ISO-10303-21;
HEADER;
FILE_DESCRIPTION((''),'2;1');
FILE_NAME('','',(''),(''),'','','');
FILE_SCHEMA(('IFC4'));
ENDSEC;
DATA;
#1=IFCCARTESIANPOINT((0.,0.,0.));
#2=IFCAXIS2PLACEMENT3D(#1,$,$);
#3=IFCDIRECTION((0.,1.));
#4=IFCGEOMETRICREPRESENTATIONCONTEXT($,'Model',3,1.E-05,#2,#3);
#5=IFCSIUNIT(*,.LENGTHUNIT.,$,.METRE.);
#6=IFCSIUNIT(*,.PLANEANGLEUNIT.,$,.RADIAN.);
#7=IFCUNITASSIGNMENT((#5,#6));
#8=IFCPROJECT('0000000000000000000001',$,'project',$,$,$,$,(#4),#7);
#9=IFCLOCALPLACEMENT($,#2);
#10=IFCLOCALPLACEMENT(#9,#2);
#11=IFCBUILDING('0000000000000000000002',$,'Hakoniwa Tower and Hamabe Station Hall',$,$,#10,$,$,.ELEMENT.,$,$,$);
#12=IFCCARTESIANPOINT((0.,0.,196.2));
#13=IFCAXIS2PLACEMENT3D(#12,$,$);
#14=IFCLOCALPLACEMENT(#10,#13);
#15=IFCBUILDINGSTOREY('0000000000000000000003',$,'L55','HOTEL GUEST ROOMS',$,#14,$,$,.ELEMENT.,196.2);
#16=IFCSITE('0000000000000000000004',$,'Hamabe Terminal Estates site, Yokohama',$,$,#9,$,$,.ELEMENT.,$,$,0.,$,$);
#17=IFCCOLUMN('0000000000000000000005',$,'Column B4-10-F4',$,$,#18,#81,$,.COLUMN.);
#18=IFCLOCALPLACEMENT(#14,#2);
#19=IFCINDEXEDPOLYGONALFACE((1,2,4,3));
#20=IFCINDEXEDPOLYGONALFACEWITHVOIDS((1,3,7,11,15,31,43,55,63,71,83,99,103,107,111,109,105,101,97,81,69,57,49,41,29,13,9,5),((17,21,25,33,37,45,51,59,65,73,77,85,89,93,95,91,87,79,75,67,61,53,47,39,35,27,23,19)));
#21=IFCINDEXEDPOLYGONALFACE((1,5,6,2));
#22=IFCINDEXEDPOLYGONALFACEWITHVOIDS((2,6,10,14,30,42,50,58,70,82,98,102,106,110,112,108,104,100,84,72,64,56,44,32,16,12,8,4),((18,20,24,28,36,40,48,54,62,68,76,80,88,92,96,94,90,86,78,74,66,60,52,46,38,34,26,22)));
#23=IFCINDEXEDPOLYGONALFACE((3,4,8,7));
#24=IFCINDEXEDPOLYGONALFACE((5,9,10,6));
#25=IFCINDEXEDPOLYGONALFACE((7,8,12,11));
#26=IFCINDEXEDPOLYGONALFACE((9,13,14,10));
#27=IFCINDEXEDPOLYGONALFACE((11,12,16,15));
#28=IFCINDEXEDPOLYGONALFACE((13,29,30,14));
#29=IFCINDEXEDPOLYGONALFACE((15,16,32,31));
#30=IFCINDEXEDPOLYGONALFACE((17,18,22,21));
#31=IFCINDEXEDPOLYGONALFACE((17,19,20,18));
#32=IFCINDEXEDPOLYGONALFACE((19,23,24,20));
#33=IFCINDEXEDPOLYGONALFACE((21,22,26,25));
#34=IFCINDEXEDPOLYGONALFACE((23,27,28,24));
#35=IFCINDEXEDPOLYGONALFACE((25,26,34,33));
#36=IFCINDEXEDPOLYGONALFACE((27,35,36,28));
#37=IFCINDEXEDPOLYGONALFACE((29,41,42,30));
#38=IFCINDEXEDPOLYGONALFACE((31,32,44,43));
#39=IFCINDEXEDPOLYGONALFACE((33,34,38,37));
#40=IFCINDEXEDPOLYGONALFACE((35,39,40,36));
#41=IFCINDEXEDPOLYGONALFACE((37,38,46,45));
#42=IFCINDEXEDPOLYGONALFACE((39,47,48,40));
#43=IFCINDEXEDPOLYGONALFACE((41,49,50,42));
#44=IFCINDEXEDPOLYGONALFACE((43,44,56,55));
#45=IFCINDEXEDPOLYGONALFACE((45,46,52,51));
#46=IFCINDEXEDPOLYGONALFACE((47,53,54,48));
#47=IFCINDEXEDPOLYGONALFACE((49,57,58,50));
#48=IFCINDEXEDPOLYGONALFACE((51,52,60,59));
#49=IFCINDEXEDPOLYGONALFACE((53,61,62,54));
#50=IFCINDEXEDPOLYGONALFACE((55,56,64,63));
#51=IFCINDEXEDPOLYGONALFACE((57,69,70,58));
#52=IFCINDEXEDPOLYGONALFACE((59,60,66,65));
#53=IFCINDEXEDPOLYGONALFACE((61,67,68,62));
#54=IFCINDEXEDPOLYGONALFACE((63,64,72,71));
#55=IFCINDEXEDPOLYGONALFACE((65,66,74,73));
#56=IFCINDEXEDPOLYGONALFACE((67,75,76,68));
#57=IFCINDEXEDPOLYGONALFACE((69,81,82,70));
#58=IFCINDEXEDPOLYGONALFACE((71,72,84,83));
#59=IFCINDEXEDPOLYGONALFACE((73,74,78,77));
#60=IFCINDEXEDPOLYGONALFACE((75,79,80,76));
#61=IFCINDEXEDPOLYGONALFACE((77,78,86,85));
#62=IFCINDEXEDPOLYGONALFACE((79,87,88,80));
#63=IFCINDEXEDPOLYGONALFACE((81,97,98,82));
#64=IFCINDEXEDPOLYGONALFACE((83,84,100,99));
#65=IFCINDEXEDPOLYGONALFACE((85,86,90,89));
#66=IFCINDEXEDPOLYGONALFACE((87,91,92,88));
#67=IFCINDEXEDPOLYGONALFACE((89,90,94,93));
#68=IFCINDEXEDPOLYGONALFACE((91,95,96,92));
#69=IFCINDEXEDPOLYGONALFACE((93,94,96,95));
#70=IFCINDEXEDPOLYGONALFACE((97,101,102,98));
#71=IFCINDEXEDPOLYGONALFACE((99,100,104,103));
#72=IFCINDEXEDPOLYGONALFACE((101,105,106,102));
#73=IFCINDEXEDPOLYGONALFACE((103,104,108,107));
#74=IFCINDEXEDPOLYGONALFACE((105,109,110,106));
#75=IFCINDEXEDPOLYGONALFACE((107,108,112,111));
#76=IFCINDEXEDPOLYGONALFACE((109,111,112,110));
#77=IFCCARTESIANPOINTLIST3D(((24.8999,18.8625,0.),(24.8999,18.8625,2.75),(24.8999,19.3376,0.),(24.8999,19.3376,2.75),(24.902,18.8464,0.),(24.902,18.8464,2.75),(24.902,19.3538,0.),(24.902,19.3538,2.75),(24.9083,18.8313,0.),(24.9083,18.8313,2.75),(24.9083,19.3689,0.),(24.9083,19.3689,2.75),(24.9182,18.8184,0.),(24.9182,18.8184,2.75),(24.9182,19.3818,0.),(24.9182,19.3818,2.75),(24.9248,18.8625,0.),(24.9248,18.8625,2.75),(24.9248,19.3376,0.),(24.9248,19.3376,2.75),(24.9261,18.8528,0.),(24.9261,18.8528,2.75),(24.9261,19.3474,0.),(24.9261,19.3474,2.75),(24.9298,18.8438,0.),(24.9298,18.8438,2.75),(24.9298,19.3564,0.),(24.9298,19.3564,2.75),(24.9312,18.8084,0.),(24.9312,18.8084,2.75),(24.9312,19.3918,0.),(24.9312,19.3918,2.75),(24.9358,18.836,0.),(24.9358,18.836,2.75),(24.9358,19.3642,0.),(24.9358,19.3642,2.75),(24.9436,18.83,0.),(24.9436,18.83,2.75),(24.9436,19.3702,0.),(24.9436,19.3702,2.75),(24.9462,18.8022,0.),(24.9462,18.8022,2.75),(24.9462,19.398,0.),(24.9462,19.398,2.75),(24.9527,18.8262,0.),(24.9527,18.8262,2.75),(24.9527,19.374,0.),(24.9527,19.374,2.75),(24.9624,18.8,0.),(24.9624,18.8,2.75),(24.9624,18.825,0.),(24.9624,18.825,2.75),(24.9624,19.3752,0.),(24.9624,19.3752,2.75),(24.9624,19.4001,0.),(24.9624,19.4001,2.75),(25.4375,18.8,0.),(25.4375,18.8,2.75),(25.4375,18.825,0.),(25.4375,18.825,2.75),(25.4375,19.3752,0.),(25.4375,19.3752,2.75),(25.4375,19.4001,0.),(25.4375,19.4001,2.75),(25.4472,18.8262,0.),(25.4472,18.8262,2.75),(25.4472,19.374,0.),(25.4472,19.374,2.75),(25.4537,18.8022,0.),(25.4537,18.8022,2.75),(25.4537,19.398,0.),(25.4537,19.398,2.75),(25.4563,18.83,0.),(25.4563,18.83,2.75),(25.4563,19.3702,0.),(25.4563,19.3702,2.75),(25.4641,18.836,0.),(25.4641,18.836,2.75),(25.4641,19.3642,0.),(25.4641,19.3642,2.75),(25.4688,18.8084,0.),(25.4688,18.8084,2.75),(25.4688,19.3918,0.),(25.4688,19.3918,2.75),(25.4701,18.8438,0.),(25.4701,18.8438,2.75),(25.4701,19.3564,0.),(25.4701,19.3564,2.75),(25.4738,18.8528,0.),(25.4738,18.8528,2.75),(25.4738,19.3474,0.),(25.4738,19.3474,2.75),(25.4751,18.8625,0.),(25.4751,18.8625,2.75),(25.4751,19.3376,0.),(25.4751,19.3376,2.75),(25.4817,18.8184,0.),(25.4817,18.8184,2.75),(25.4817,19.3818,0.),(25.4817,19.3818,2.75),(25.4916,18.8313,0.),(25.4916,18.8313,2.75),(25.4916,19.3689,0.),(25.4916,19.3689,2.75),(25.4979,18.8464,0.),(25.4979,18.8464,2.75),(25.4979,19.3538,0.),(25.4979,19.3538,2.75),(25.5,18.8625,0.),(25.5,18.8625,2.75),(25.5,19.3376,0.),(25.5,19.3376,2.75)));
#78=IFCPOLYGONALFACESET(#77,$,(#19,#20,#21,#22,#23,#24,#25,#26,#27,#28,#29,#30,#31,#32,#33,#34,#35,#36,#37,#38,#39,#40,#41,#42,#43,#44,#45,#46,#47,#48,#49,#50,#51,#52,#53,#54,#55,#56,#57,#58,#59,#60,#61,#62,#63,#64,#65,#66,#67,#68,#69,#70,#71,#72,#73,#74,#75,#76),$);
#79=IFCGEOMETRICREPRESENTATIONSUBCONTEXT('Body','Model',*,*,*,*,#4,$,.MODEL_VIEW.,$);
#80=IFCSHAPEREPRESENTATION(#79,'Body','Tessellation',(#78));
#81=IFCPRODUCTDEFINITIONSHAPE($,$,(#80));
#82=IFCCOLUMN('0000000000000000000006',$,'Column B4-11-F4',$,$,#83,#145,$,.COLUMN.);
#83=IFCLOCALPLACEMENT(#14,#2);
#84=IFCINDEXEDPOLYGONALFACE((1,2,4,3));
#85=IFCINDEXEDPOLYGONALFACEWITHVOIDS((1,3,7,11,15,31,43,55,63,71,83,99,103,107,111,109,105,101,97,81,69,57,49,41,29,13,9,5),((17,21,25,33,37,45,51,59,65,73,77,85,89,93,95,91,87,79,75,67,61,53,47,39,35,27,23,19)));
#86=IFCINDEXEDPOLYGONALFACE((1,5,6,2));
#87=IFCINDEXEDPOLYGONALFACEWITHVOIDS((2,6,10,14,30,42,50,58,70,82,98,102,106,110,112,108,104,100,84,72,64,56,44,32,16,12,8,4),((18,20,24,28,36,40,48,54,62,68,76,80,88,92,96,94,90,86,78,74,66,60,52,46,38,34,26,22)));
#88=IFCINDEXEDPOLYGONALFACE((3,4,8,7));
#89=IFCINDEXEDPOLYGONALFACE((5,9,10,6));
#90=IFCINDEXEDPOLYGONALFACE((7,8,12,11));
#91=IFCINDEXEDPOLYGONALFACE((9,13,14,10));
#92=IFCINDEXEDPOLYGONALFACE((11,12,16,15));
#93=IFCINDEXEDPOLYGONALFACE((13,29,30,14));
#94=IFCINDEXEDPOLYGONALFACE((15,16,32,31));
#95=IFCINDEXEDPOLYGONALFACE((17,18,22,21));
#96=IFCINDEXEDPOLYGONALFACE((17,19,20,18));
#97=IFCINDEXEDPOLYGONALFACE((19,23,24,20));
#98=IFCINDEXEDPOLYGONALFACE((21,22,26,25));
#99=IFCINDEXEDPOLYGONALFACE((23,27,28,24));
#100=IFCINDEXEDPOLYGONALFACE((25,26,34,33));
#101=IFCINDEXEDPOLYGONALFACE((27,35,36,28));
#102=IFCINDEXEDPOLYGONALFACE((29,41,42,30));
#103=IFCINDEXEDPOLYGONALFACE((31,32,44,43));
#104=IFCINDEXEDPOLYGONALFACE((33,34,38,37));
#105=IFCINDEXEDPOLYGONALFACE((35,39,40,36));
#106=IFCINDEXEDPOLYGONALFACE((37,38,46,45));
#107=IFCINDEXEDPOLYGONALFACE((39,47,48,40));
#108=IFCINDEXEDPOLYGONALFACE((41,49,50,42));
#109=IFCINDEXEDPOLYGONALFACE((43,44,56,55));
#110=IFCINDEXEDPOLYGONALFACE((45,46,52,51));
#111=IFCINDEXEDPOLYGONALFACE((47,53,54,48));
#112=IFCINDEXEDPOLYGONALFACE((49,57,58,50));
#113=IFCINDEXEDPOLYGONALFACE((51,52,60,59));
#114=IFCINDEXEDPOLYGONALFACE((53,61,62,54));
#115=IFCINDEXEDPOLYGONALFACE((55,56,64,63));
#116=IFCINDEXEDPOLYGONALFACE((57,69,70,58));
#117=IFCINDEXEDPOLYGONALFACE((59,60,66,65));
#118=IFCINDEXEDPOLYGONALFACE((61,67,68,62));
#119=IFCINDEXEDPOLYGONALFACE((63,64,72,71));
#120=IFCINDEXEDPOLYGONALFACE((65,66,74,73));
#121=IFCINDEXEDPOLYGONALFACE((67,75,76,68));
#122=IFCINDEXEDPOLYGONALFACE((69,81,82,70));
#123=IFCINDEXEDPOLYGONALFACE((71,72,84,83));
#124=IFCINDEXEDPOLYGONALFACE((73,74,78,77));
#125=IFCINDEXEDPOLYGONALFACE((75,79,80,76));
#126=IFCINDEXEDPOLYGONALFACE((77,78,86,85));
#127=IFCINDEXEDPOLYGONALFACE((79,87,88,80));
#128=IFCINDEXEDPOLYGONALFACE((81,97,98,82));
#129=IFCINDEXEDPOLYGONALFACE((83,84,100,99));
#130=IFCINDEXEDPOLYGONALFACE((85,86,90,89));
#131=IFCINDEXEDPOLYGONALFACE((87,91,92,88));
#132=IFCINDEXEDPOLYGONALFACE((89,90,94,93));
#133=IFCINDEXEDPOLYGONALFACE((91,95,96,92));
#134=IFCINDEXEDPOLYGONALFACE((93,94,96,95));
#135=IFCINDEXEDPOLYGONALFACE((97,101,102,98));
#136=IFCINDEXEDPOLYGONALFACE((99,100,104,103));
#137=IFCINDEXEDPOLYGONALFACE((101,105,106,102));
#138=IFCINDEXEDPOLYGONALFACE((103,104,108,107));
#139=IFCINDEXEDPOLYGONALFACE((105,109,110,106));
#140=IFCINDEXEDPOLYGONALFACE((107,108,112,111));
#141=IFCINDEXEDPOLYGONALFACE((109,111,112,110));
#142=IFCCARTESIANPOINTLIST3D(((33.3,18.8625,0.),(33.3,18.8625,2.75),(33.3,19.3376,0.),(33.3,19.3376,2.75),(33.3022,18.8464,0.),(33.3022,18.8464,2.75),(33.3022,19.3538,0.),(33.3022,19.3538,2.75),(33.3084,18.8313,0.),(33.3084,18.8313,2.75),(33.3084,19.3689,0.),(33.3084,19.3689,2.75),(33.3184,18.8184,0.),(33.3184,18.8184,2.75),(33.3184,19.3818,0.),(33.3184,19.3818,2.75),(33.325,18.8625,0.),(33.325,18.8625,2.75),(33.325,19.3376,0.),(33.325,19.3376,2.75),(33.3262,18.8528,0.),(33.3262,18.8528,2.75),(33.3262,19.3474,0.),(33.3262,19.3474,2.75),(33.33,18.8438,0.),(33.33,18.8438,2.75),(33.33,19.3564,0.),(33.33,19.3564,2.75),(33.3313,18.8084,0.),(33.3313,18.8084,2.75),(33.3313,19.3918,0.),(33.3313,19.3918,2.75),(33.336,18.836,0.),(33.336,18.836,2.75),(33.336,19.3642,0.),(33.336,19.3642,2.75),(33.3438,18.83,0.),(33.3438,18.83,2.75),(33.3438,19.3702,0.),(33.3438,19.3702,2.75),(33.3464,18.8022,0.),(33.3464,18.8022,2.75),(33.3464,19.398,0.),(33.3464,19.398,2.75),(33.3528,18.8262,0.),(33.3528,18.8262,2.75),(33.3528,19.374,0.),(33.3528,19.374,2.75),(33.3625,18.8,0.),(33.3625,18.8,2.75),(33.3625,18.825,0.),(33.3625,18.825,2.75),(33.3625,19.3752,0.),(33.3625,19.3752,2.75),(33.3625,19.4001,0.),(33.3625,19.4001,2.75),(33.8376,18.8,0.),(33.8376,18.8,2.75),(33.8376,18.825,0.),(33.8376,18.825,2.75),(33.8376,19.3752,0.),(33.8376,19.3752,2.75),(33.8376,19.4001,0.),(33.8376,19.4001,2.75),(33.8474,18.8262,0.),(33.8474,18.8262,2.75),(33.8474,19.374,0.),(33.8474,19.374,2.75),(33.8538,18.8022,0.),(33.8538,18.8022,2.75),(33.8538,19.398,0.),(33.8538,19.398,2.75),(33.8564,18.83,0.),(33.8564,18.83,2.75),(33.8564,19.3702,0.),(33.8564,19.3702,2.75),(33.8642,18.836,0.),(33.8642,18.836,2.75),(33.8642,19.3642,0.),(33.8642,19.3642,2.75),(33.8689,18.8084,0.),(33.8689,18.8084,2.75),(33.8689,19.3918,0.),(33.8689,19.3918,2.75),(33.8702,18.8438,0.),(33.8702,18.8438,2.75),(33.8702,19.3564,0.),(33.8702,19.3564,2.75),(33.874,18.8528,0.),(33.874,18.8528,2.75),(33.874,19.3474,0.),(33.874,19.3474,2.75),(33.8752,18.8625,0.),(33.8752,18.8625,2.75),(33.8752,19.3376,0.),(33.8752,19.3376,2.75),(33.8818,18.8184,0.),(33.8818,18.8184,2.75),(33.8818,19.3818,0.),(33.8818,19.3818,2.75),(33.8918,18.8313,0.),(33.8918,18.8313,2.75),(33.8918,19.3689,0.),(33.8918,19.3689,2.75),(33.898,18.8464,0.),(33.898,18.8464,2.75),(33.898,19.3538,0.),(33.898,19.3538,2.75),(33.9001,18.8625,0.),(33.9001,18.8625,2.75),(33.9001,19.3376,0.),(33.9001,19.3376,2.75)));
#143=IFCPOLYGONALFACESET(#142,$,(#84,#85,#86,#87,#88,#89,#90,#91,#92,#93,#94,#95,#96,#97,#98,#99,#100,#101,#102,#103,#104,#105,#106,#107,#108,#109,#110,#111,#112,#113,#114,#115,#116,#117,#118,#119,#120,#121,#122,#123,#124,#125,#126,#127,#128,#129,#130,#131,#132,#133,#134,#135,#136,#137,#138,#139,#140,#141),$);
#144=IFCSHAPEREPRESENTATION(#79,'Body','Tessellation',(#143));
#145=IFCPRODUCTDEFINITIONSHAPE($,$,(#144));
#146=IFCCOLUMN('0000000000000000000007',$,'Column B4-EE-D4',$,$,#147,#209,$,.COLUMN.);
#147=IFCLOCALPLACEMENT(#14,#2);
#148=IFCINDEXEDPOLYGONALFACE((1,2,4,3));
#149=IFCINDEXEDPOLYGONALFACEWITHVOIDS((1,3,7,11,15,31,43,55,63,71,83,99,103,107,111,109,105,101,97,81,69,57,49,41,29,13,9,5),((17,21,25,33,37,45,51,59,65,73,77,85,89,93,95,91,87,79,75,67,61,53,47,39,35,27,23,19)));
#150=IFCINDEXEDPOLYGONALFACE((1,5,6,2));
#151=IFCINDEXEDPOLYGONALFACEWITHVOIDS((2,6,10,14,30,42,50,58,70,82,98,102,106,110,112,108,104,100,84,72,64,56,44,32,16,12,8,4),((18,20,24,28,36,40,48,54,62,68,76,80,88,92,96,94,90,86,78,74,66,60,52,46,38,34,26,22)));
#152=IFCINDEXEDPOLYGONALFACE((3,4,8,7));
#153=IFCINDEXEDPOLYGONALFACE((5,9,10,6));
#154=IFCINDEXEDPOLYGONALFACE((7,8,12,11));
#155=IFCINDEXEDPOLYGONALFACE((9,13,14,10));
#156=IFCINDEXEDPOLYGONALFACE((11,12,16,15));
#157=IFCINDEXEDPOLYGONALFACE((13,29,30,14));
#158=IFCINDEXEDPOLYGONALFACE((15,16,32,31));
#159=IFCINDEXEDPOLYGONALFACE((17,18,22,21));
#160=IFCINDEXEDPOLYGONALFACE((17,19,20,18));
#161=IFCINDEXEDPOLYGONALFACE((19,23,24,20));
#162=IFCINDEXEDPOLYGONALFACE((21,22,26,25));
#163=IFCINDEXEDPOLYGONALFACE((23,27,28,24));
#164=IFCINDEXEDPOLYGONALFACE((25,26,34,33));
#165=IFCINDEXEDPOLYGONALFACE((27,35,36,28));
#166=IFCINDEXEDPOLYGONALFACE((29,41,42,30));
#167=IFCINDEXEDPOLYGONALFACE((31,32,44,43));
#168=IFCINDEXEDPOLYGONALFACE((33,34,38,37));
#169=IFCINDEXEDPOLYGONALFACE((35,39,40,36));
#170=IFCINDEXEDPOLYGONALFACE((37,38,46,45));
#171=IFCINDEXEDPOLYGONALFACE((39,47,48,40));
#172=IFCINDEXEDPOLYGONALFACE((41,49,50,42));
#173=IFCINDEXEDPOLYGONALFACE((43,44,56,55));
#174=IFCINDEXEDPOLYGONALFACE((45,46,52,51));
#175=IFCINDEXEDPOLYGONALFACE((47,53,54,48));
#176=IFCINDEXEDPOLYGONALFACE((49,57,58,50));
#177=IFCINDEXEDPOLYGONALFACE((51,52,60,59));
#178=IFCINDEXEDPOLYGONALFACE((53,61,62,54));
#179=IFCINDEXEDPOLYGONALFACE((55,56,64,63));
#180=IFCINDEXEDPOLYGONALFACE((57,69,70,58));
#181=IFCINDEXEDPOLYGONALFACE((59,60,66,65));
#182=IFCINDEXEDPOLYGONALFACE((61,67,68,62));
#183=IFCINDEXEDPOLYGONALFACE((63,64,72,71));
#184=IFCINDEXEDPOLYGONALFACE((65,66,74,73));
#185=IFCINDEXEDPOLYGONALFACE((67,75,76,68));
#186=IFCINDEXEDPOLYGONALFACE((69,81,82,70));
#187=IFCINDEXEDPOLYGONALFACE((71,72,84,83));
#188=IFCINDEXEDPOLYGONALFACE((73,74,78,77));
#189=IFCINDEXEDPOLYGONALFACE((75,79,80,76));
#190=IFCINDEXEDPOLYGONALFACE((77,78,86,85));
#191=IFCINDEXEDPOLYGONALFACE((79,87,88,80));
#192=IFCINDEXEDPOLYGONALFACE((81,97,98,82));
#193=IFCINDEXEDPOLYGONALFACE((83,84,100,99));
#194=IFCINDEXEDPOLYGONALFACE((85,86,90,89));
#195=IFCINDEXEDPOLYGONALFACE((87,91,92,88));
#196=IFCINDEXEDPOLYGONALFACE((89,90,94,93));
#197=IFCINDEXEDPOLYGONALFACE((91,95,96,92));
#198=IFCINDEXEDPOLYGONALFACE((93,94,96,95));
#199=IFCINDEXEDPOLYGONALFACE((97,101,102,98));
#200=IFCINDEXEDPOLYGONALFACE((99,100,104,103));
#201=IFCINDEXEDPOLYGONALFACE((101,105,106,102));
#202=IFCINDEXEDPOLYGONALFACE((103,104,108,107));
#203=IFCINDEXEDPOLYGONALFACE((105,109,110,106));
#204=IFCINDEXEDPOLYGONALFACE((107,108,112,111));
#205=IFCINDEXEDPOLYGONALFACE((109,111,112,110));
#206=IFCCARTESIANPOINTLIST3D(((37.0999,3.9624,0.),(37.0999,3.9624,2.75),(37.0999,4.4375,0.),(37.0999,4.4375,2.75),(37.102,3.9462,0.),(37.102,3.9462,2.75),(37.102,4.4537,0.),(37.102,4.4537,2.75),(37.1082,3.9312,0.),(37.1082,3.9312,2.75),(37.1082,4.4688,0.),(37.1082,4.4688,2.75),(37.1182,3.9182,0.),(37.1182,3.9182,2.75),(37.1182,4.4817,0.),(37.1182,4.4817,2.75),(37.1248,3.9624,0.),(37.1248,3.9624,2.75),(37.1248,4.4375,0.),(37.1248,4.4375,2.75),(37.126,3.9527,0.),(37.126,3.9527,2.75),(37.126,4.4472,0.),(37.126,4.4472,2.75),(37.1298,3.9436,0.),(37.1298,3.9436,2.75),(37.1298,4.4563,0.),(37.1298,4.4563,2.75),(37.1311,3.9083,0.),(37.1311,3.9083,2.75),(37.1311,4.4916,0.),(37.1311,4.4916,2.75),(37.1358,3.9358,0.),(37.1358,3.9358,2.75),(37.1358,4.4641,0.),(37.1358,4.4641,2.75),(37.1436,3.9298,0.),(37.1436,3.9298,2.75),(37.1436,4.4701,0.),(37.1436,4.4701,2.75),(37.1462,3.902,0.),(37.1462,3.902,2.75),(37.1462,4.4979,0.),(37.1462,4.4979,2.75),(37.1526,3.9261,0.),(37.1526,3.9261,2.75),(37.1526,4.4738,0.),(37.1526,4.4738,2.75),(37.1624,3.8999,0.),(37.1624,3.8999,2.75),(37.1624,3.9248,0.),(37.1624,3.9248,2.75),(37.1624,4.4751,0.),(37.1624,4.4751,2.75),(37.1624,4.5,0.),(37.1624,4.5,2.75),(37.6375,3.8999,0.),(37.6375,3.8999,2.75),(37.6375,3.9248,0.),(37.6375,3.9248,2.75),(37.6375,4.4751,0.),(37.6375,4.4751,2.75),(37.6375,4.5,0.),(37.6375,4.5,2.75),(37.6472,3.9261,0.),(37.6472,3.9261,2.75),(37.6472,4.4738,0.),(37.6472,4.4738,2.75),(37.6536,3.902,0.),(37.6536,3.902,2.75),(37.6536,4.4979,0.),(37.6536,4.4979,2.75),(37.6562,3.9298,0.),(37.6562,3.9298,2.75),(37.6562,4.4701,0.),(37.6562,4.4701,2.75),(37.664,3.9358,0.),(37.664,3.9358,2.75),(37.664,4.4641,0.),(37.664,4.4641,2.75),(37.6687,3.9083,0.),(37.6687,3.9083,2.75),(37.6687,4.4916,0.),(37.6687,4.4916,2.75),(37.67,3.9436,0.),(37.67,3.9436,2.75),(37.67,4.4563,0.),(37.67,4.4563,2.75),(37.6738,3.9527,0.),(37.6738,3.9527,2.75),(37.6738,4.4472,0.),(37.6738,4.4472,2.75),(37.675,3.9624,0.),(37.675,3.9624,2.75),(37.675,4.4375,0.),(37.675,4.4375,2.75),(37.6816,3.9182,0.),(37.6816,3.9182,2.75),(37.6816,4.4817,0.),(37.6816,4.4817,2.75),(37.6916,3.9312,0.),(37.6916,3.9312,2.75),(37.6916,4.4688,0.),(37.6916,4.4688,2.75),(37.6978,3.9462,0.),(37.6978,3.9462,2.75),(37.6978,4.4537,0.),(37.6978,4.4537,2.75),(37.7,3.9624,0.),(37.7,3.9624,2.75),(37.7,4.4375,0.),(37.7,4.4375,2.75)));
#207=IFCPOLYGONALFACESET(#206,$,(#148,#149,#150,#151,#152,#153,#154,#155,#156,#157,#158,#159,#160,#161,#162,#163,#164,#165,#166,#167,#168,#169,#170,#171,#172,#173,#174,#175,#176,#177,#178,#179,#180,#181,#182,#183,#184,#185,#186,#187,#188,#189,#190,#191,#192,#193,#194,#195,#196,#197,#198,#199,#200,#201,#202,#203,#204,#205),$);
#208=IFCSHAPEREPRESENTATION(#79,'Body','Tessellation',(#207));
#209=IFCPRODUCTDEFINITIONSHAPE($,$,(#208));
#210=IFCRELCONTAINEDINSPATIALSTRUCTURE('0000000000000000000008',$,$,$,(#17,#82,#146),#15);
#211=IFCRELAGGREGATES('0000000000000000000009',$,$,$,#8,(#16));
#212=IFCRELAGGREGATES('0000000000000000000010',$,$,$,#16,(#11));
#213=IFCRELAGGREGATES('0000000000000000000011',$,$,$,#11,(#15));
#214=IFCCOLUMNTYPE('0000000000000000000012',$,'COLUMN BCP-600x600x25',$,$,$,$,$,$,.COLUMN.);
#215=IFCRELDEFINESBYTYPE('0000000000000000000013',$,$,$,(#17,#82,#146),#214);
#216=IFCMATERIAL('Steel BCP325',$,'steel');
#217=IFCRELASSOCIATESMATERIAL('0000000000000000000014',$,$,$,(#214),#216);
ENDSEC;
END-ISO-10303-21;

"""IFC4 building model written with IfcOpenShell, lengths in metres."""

from ifc_helpers import new_model, si_unit, direction, frame, origin, origin_2d, place, context, subcontext, project, spatial, hollow_rectangle, extrude, material, material_profile, profile_set, type_object, element, save


model = new_model("IFC4")

# Units and contexts
model_context = context("Model", 3, precision=1e-05, world=origin(), true_north=direction((0.0, 1.0)))
body_context = subcontext(model_context, "Body", "Model", "MODEL_VIEW")
ifc_project = project(units=[si_unit("LENGTHUNIT", "METRE"), si_unit("PLANEANGLEUNIT", "RADIAN")], contexts=[model_context])

# Site, building, storey
site_placement = place(None, origin())
site = spatial("IfcSite", under=ifc_project, at=site_placement, Name="Hamabe Terminal Estates site, Yokohama", CompositionType="ELEMENT", RefElevation=0.0)
building_placement = place(site_placement, origin())
building = spatial("IfcBuilding", under=site, at=building_placement, Name="Hakoniwa Tower and Hamabe Station Hall", CompositionType="ELEMENT")
storey_placement = place(building_placement, frame((0.0, 0.0, 196.2)))
storey = spatial("IfcBuildingStorey", under=building, at=storey_placement, Name="L55", Description="HOTEL GUEST ROOMS", CompositionType="ELEMENT", Elevation=196.2)

# Columns
ifc_material_1 = material(Name="Steel BCP325", Category="steel")
ifc_material_profile_1 = material_profile(ifc_material_1, hollow_rectangle(XDim=0.6001, YDim=0.6001, WallThickness=0.0249, InnerFilletRadius=0.0376, OuterFilletRadius=0.0625, at=origin_2d()), Name="BCP-600x600x25")
ifc_profile_set_1 = profile_set([ifc_material_profile_1], Name="Steel BCP325")
column_type = type_object("IfcColumnType", Name="COLUMN BCP-600x600x25", PredefinedType="COLUMN", material=ifc_profile_set_1)
for number, where, z_axis, x_axis, name in (
    (1, (25.2, 19.1001, 0.0), (0.0, 0.0, 1.0), (1.0, 0.0, 0.0), "Column B4-10-F4"),
    (2, (33.6001, 19.1001, 0.0), (0.0, 0.0, 1.0), (1.0, 0.0, 0.0), "Column B4-11-F4"),
    (3, (37.3999, 4.2, 0.0), (0.0, 0.0, 1.0), (1.0, 0.0, 0.0), "Column B4-EE-D4"),
):
    element("IfcColumn", number, at=place(storey_placement, frame(where, z_axis=z_axis, x_axis=x_axis)), inside=storey, type_object=column_type, Name=name, PredefinedType="COLUMN", context=body_context, shape_type="SweptSolid", body=[
        extrude(hollow_rectangle(XDim=0.6001, YDim=0.6001, WallThickness=0.0249, InnerFilletRadius=0.0376, OuterFilletRadius=0.0625, at=origin_2d()), origin(), (0.0, 0.0, 1.0), 2.75),
    ])

save(model, "model.ifc")
